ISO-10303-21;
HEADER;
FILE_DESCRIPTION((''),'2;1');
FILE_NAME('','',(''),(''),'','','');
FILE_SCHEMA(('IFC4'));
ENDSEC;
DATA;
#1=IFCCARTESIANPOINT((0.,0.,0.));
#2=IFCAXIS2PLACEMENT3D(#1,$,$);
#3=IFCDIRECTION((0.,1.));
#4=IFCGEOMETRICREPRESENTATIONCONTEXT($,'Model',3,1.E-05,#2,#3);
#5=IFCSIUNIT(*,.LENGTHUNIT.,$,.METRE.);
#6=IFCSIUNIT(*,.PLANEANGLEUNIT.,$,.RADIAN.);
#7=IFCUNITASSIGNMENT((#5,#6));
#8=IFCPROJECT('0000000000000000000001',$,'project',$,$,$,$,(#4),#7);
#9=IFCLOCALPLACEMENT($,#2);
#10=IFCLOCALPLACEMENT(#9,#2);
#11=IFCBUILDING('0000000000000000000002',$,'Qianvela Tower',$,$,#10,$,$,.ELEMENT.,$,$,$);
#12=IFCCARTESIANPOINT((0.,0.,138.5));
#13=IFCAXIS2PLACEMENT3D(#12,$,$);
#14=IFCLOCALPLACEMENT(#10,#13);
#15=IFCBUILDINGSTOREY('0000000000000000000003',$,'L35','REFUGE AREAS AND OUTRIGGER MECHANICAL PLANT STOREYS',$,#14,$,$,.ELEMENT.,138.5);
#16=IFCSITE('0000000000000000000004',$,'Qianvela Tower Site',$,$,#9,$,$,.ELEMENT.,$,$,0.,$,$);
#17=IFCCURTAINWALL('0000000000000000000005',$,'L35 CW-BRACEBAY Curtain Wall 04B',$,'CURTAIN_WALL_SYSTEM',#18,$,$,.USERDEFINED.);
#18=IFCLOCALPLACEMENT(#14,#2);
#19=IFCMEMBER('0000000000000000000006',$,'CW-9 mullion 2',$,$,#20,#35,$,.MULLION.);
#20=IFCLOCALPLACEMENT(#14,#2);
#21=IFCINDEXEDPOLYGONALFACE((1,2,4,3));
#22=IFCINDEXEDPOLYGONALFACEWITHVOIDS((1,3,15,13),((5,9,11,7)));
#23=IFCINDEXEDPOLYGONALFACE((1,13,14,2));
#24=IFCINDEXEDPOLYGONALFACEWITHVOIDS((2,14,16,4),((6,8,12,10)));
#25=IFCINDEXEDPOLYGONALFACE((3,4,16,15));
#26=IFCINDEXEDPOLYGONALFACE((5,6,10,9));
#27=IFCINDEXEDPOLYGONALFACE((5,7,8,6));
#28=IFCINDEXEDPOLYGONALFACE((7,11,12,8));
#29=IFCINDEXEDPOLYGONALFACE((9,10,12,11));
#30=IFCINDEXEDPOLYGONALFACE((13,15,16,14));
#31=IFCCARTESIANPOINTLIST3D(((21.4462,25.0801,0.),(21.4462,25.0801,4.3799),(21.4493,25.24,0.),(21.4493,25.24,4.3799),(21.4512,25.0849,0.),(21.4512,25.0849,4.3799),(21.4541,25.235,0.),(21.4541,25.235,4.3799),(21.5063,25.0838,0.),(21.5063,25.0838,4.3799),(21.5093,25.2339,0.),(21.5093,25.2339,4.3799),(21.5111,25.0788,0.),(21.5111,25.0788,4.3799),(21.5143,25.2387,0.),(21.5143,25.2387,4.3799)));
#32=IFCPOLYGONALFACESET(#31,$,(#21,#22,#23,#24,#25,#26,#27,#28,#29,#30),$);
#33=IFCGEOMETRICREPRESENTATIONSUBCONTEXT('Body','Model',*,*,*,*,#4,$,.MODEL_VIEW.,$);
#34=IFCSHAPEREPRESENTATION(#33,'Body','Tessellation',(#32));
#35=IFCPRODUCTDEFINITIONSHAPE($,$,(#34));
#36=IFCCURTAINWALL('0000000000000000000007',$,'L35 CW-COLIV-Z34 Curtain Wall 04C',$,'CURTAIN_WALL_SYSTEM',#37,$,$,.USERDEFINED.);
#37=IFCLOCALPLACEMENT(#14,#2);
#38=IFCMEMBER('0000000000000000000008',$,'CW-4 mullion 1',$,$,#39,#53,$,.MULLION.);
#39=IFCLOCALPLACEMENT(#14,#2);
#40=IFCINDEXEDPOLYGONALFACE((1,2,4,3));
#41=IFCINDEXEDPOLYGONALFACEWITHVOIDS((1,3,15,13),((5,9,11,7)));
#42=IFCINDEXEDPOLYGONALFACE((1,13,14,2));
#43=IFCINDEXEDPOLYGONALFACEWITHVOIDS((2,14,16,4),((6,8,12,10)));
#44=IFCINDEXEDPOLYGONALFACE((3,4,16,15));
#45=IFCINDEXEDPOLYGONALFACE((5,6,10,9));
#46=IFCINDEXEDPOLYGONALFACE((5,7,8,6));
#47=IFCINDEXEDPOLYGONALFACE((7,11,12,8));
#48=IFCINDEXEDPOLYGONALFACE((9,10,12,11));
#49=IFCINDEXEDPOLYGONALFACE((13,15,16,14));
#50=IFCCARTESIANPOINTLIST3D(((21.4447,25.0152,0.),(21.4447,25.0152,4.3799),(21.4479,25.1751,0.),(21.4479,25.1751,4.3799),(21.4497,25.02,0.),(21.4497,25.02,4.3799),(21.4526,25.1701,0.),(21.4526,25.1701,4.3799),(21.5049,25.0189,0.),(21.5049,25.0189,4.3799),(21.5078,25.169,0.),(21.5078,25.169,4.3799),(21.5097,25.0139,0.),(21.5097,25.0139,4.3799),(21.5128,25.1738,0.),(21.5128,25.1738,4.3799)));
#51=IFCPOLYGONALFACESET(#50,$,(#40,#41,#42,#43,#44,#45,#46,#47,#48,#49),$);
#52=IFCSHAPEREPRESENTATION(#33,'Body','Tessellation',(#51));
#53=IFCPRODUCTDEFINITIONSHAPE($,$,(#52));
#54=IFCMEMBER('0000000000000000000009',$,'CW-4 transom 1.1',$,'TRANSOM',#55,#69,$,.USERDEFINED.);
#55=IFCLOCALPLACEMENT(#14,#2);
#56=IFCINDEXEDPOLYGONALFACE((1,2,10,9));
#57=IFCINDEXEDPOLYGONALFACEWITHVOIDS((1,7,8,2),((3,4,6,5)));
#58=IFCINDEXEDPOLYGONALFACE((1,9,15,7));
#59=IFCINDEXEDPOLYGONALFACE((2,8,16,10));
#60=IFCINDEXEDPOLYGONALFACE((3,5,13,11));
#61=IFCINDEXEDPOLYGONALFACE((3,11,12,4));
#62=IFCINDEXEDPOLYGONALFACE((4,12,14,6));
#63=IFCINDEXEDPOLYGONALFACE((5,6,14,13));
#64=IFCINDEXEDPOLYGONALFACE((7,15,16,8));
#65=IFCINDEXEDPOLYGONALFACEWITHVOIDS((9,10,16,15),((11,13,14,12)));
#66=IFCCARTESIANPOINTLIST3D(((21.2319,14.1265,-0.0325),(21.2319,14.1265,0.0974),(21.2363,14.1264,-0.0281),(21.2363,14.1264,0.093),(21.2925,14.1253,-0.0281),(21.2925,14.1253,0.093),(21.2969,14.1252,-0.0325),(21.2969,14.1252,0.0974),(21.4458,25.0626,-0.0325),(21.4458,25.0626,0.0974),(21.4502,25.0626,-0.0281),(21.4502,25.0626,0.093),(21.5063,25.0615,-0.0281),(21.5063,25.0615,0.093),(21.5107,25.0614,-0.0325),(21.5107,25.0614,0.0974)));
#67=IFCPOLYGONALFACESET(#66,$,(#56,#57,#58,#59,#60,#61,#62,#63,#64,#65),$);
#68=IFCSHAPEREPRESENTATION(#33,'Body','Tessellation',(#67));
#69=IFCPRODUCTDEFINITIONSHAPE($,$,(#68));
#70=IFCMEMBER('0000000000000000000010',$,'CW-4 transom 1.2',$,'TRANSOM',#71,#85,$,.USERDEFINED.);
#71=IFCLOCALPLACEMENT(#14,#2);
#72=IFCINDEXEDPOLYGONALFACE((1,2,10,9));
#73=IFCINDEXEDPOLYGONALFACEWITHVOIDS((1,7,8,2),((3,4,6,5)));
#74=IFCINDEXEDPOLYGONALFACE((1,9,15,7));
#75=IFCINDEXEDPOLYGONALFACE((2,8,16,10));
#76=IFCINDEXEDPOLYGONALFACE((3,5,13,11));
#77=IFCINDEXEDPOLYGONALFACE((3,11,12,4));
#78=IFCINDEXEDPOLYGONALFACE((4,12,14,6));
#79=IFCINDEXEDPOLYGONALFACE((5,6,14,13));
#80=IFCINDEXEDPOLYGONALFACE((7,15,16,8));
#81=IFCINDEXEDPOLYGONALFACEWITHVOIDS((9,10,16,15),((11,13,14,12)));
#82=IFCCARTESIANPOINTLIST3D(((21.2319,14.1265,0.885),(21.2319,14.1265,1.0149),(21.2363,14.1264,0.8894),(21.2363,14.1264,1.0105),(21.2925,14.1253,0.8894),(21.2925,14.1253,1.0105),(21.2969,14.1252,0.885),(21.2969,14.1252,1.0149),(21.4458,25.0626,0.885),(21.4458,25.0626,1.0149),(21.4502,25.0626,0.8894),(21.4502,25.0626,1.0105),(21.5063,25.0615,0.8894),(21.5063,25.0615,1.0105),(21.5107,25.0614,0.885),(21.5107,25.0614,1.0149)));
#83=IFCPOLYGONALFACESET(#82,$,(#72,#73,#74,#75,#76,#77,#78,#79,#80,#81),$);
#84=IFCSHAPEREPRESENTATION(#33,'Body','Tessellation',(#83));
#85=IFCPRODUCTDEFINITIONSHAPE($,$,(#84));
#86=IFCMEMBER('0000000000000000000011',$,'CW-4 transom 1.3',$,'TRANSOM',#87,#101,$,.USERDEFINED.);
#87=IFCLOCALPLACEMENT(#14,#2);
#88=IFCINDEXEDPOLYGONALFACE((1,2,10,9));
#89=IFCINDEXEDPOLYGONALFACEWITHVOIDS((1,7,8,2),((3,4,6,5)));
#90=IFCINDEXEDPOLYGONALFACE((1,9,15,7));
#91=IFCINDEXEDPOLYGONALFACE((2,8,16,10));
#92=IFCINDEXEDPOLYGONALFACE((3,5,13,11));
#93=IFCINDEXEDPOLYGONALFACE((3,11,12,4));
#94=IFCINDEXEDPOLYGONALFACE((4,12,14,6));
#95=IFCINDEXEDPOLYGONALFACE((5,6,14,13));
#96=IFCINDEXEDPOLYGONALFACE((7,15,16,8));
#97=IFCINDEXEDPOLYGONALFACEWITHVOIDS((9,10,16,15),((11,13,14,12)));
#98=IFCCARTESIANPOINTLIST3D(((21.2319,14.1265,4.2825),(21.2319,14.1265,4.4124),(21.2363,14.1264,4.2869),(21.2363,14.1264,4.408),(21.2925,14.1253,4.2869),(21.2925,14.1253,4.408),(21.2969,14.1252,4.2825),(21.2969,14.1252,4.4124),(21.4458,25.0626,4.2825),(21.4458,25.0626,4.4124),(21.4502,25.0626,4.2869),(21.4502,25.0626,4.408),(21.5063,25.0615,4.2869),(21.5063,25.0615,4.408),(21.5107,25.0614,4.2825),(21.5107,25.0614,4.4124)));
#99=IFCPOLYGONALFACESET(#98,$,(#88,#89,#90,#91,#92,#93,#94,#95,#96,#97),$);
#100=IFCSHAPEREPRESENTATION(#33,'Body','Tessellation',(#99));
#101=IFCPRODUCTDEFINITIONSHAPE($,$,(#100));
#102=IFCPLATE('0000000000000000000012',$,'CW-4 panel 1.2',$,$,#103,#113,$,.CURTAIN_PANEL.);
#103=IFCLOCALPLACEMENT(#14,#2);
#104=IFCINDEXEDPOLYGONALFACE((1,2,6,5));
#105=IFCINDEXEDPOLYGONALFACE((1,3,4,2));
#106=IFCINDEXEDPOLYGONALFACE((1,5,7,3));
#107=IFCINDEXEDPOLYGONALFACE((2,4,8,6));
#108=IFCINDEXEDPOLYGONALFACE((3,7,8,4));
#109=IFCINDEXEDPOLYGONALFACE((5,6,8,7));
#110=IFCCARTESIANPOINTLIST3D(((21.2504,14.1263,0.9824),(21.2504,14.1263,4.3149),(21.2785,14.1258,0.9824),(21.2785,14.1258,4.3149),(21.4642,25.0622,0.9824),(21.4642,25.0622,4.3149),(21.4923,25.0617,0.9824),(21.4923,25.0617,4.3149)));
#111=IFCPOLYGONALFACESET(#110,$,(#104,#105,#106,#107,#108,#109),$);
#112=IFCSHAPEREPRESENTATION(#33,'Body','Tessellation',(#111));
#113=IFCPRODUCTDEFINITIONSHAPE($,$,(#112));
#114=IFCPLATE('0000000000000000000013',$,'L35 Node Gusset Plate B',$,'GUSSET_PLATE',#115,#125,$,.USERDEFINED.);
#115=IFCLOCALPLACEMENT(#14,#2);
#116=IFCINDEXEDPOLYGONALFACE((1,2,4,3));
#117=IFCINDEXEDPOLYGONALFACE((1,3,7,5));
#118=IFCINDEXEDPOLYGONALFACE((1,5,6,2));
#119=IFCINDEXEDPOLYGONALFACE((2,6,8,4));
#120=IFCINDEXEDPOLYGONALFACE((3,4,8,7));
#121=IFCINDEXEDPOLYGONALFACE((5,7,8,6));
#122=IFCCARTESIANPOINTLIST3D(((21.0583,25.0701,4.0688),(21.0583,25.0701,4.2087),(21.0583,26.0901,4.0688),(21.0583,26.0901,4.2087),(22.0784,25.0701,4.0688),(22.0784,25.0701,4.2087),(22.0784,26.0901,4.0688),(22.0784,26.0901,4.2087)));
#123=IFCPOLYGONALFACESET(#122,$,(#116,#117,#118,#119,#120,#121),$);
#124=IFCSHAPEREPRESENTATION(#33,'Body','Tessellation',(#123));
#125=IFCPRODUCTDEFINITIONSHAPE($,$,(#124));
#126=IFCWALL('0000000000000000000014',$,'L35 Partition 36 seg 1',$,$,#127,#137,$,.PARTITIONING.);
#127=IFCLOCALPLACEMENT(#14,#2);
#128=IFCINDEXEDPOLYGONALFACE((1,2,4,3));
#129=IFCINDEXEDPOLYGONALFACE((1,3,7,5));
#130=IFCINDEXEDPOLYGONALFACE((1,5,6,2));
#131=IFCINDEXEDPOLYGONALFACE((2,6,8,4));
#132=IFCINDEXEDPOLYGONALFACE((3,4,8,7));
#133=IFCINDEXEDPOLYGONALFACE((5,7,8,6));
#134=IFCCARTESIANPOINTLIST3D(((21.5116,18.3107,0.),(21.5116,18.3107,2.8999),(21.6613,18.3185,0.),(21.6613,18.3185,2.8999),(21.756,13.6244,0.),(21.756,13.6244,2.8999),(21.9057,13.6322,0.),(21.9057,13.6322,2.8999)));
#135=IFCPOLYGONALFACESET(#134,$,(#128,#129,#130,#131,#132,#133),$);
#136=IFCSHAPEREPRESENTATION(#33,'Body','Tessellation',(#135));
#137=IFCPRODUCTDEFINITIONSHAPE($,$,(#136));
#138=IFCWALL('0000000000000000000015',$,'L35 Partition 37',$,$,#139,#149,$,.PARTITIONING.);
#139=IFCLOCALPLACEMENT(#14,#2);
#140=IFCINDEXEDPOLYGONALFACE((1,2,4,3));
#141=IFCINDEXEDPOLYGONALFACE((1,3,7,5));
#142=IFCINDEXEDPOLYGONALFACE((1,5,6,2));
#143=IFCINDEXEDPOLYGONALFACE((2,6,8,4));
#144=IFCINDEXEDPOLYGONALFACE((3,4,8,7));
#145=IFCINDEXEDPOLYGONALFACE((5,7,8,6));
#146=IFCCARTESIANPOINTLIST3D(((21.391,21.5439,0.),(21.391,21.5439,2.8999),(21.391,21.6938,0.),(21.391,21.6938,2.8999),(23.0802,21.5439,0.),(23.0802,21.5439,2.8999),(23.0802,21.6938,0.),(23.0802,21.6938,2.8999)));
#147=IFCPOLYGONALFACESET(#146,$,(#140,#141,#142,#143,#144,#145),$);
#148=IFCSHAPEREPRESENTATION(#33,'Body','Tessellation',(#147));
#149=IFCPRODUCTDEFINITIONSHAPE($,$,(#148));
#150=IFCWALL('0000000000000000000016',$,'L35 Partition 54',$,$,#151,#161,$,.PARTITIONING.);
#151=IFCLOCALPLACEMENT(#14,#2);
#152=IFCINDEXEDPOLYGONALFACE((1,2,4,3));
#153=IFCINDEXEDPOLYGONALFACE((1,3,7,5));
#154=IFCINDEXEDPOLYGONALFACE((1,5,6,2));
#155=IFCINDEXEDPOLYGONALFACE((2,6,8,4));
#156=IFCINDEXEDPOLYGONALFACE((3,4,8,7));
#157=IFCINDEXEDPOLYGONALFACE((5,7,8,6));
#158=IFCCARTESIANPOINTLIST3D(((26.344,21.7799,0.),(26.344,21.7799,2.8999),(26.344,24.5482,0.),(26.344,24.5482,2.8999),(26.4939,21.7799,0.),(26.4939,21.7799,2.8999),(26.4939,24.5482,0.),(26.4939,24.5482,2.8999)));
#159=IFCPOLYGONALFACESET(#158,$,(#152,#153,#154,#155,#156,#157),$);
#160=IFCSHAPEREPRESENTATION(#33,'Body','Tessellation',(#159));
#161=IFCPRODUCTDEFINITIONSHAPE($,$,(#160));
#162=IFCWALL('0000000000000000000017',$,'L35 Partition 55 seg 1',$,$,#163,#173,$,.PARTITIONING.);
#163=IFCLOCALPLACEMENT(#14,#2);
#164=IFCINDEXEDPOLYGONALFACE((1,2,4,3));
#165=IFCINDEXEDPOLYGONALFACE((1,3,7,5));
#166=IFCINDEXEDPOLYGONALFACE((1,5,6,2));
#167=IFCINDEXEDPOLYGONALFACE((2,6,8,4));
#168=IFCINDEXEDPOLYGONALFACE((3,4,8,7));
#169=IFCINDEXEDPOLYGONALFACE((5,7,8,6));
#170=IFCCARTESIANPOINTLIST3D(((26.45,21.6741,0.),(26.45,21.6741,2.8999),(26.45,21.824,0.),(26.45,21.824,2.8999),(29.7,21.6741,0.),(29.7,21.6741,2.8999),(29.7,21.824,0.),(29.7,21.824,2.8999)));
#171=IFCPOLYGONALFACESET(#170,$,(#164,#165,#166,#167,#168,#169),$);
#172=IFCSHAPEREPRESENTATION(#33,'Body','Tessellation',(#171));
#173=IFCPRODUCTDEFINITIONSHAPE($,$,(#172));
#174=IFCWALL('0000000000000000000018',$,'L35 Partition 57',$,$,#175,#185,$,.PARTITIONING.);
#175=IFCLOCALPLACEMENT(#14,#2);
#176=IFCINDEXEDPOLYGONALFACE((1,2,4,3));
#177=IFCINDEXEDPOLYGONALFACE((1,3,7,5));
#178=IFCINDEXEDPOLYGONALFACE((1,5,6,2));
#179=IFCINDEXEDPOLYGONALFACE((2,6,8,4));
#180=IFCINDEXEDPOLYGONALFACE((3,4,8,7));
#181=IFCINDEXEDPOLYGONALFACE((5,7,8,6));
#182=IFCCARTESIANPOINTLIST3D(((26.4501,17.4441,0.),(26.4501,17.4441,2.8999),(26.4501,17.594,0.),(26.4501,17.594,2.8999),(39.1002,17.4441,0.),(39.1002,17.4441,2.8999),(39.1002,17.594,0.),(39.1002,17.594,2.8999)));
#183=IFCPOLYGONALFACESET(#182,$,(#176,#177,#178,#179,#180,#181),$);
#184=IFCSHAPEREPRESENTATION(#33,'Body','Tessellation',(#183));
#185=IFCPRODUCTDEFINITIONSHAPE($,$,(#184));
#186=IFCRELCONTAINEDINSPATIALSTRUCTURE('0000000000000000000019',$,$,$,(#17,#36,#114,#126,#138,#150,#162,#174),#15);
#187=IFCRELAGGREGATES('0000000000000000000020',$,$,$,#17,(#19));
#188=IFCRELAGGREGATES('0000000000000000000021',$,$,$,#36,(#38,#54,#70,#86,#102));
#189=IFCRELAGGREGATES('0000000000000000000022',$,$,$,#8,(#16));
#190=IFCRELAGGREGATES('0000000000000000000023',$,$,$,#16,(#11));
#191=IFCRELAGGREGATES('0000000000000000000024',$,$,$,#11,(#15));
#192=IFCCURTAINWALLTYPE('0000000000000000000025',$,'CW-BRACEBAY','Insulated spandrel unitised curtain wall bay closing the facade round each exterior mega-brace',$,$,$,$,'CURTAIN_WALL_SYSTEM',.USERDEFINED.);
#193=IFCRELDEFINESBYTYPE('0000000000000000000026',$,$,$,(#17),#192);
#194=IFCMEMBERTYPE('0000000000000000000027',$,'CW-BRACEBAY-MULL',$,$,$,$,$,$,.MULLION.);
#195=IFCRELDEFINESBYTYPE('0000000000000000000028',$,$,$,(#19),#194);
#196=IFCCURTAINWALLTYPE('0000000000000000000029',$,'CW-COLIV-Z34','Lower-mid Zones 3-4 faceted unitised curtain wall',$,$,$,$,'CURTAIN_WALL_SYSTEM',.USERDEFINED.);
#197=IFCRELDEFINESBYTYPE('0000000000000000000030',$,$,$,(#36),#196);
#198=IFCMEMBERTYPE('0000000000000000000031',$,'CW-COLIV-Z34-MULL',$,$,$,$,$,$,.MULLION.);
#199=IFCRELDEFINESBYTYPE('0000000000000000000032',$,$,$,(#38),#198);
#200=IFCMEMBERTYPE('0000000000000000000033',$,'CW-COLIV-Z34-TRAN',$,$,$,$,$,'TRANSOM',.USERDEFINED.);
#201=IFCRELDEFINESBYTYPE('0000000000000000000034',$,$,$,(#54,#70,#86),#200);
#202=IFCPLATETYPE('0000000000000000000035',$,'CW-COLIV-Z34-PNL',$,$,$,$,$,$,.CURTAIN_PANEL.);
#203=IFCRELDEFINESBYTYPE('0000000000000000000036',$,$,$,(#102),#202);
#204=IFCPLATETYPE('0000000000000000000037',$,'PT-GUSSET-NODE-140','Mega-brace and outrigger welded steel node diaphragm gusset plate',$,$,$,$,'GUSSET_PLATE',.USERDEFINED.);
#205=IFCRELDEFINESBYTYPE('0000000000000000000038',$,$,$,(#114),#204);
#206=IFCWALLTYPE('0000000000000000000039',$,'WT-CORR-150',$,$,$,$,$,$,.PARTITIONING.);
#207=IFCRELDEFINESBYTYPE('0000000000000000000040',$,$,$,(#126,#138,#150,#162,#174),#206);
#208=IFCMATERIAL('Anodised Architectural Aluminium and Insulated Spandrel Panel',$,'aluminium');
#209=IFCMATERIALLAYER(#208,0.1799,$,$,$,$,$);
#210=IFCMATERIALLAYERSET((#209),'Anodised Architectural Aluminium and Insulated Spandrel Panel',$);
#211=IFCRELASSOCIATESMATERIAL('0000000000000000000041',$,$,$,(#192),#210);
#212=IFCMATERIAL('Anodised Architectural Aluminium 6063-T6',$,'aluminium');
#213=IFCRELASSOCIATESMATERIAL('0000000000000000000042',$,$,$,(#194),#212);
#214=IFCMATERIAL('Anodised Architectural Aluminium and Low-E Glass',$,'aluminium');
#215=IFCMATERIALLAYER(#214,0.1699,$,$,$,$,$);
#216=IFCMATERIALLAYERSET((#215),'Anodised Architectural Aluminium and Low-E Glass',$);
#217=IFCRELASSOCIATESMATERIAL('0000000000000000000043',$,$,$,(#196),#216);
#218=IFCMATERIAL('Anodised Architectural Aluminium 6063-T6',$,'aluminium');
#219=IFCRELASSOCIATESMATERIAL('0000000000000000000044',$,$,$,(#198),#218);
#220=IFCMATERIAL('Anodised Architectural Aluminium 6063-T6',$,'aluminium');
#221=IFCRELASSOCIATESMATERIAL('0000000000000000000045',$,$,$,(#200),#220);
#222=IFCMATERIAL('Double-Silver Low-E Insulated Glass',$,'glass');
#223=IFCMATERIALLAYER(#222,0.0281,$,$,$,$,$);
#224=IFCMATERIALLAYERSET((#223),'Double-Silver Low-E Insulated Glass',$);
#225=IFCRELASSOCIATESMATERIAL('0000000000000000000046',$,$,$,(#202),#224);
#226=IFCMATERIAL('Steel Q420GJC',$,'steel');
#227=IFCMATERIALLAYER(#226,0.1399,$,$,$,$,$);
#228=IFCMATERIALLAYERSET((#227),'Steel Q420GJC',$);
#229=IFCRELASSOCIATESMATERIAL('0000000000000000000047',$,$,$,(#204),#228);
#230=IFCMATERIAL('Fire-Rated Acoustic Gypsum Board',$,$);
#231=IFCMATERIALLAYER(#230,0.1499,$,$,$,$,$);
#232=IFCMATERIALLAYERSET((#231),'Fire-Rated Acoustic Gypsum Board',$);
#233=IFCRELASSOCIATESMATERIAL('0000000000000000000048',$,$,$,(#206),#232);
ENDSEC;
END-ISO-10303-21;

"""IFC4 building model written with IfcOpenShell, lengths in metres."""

from ifc_helpers import new_model, si_unit, direction, frame, frame_2d, origin, origin_2d, place, context, subcontext, project, spatial, rectangle, hollow_rectangle, extrude, material, layer, layer_set, material_profile, profile_set, type_object, element, aggregate, save


model = new_model("IFC4")

# Units and contexts
model_context = context("Model", 3, precision=1e-05, world=origin(), true_north=direction((0.0, 1.0)))
body_context = subcontext(model_context, "Body", "Model", "MODEL_VIEW")
ifc_project = project(units=[si_unit("LENGTHUNIT", "METRE"), si_unit("PLANEANGLEUNIT", "RADIAN")], contexts=[model_context])

# Site, building, storey
site_placement = place(None, origin())
site = spatial("IfcSite", under=ifc_project, at=site_placement, Name="Qianvela Tower Site", CompositionType="ELEMENT", RefElevation=0.0)
building_placement = place(site_placement, origin())
building = spatial("IfcBuilding", under=site, at=building_placement, Name="Qianvela Tower", CompositionType="ELEMENT")
storey_placement = place(building_placement, frame((0.0, 0.0, 138.5)))
storey = spatial("IfcBuildingStorey", under=building, at=storey_placement, Name="L35", Description="REFUGE AREAS AND OUTRIGGER MECHANICAL PLANT STOREYS", CompositionType="ELEMENT", Elevation=138.5)

# Curtain wall, member
ifc_material_1 = material(Name="Anodised Architectural Aluminium and Insulated Spandrel Panel", Category="aluminium")
ifc_layer_1 = layer(ifc_material_1, 0.1799)
ifc_layer_set_1 = layer_set([ifc_layer_1], Name="Anodised Architectural Aluminium and Insulated Spandrel Panel")
curtain_wall_type_1 = type_object("IfcCurtainWallType", Name="CW-BRACEBAY", Description="Insulated spandrel unitised curtain wall bay closing the facade round each exterior mega-brace", ElementType="CURTAIN_WALL_SYSTEM", PredefinedType="USERDEFINED", material=ifc_layer_set_1)
curtain_wall_1_placement = place(storey_placement, origin())
curtain_wall_1 = element("IfcCurtainWall", 1, at=curtain_wall_1_placement, inside=storey, type_object=curtain_wall_type_1, Name="L35 CW-BRACEBAY Curtain Wall 04B", ObjectType="CURTAIN_WALL_SYSTEM", PredefinedType="USERDEFINED")
ifc_material_2 = material(Name="Anodised Architectural Aluminium 6063-T6", Category="aluminium")
ifc_material_profile_1 = material_profile(ifc_material_2, hollow_rectangle(XDim=0.0649, YDim=0.1599, WallThickness=0.0049, at=origin_2d()), Name="ALU-MULL-65x160")
ifc_profile_set_1 = profile_set([ifc_material_profile_1], Name="Anodised Architectural Aluminium 6063-T6")
member_type_1 = type_object("IfcMemberType", Name="CW-BRACEBAY-MULL", PredefinedType="MULLION", material=ifc_profile_set_1)
member_1_placement = place(storey_placement, frame((21.4802, 25.1594, 0.0), z_axis=(0.0, 0.0, 1.0), x_axis=(0.999809, -0.019544, 0.0)))
member_1 = element("IfcMember", 2, at=member_1_placement, type_object=member_type_1, Name="CW-9 mullion 2", PredefinedType="MULLION", context=body_context, shape_type="SweptSolid", body=[
    extrude(hollow_rectangle(XDim=0.0649, YDim=0.1599, WallThickness=0.0049, at=origin_2d()), origin(), (0.0, 0.0, 1.0), 4.3799),
])
aggregate(curtain_wall_1, [member_1])

# Curtain wall, members, plate
ifc_material_3 = material(Name="Anodised Architectural Aluminium and Low-E Glass", Category="aluminium")
ifc_layer_2 = layer(ifc_material_3, 0.1699)
ifc_layer_set_2 = layer_set([ifc_layer_2], Name="Anodised Architectural Aluminium and Low-E Glass")
curtain_wall_type_2 = type_object("IfcCurtainWallType", Name="CW-COLIV-Z34", Description="Lower-mid Zones 3-4 faceted unitised curtain wall", ElementType="CURTAIN_WALL_SYSTEM", PredefinedType="USERDEFINED", material=ifc_layer_set_2)
curtain_wall_2_placement = place(storey_placement, origin())
curtain_wall_2 = element("IfcCurtainWall", 3, at=curtain_wall_2_placement, inside=storey, type_object=curtain_wall_type_2, Name="L35 CW-COLIV-Z34 Curtain Wall 04C", ObjectType="CURTAIN_WALL_SYSTEM", PredefinedType="USERDEFINED")
ifc_material_4 = material(Name="Anodised Architectural Aluminium 6063-T6", Category="aluminium")
ifc_material_profile_2 = material_profile(ifc_material_4, hollow_rectangle(XDim=0.0649, YDim=0.1599, WallThickness=0.0049, at=origin_2d()), Name="ALU-MULL-65x160")
ifc_profile_set_2 = profile_set([ifc_material_profile_2], Name="Anodised Architectural Aluminium 6063-T6")
member_type_2 = type_object("IfcMemberType", Name="CW-COLIV-Z34-MULL", PredefinedType="MULLION", material=ifc_profile_set_2)
member_2_placement = place(storey_placement, frame((21.4788, 25.0945, 0.0), z_axis=(0.0, 0.0, 1.0), x_axis=(0.999809, -0.019543, 0.0)))
member_2 = element("IfcMember", 4, at=member_2_placement, type_object=member_type_2, Name="CW-4 mullion 1", PredefinedType="MULLION", context=body_context, shape_type="SweptSolid", body=[
    extrude(hollow_rectangle(XDim=0.0649, YDim=0.1599, WallThickness=0.0049, at=origin_2d()), origin(), (0.0, 0.0, 1.0), 4.3799),
])
ifc_material_5 = material(Name="Anodised Architectural Aluminium 6063-T6", Category="aluminium")
ifc_material_profile_3 = material_profile(ifc_material_5, hollow_rectangle(XDim=0.0649, YDim=0.1299, WallThickness=0.0044, at=origin_2d()), Name="ALU-TRAN-65x130")
ifc_profile_set_3 = profile_set([ifc_material_profile_3], Name="Anodised Architectural Aluminium 6063-T6")
member_type_3 = type_object("IfcMemberType", Name="CW-COLIV-Z34-TRAN", ElementType="TRANSOM", PredefinedType="USERDEFINED", material=ifc_profile_set_3)
member_3_placement = place(storey_placement, frame((21.4783, 25.062, 0.0325), z_axis=(-0.019552, -0.999809, 0.0), x_axis=(0.999809, -0.019552, 0.0)))
member_3 = element("IfcMember", 5, at=member_3_placement, type_object=member_type_3, Name="CW-4 transom 1.1", ObjectType="TRANSOM", PredefinedType="USERDEFINED", context=body_context, shape_type="SweptSolid", body=[
    extrude(hollow_rectangle(XDim=0.0649, YDim=0.1299, WallThickness=0.0044, at=origin_2d()), origin(), (0.0, 0.0, 1.0), 10.9382),
])
member_4_placement = place(storey_placement, frame((21.4783, 25.062, 0.95), z_axis=(-0.019552, -0.999809, 0.0), x_axis=(0.999809, -0.019552, 0.0)))
member_4 = element("IfcMember", 6, at=member_4_placement, type_object=member_type_3, Name="CW-4 transom 1.2", ObjectType="TRANSOM", PredefinedType="USERDEFINED", context=body_context, shape_type="SweptSolid", body=[
    extrude(hollow_rectangle(XDim=0.0649, YDim=0.1299, WallThickness=0.0044, at=origin_2d()), origin(), (0.0, 0.0, 1.0), 10.9382),
])
member_5_placement = place(storey_placement, frame((21.4783, 25.062, 4.3474), z_axis=(-0.019552, -0.999809, 0.0), x_axis=(0.999809, -0.019552, 0.0)))
member_5 = element("IfcMember", 7, at=member_5_placement, type_object=member_type_3, Name="CW-4 transom 1.3", ObjectType="TRANSOM", PredefinedType="USERDEFINED", context=body_context, shape_type="SweptSolid", body=[
    extrude(hollow_rectangle(XDim=0.0649, YDim=0.1299, WallThickness=0.0044, at=origin_2d()), origin(), (0.0, 0.0, 1.0), 10.9382),
])
ifc_material_6 = material(Name="Double-Silver Low-E Insulated Glass", Category="glass")
ifc_layer_3 = layer(ifc_material_6, 0.0281)
ifc_layer_set_3 = layer_set([ifc_layer_3], Name="Double-Silver Low-E Insulated Glass")
plate_type_1 = type_object("IfcPlateType", Name="CW-COLIV-Z34-PNL", PredefinedType="CURTAIN_PANEL", material=ifc_layer_set_3)
plate_1_placement = place(storey_placement, frame((21.3713, 19.594, 0.9824), z_axis=(0.0, 0.0, 1.0), x_axis=(-0.019543, -0.999809, 0.0)))
plate_1 = element("IfcPlate", 8, at=plate_1_placement, type_object=plate_type_1, Name="CW-4 panel 1.2", PredefinedType="CURTAIN_PANEL", context=body_context, shape_type="SweptSolid", body=[
    extrude(rectangle(XDim=10.938, YDim=0.0281, at=origin_2d()), origin(), (0.0, 0.0, 1.0), 3.3325),
])
aggregate(curtain_wall_2, [member_2, member_3, member_4, member_5, plate_1])

# Plate
ifc_material_7 = material(Name="Steel Q420GJC", Category="steel")
ifc_layer_4 = layer(ifc_material_7, 0.1399)
ifc_layer_set_4 = layer_set([ifc_layer_4], Name="Steel Q420GJC")
plate_type_2 = type_object("IfcPlateType", Name="PT-GUSSET-NODE-140", Description="Mega-brace and outrigger welded steel node diaphragm gusset plate", ElementType="GUSSET_PLATE", PredefinedType="USERDEFINED", material=ifc_layer_set_4)
plate_2_placement = place(storey_placement, frame((21.5684, 25.5801, 4.0688), z_axis=(0.0, 0.0, 1.0), x_axis=(1.0, 0.0, 0.0)))
element("IfcPlate", 9, at=plate_2_placement, inside=storey, type_object=plate_type_2, Name="L35 Node Gusset Plate B", ObjectType="GUSSET_PLATE", PredefinedType="USERDEFINED", context=body_context, shape_type="SweptSolid", body=[
    extrude(rectangle(XDim=1.02, YDim=1.02, at=origin_2d()), origin(), (0.0, 0.0, 1.0), 0.1399),
])

# Walls
ifc_material_8 = material(Name="Fire-Rated Acoustic Gypsum Board")
ifc_layer_5 = layer(ifc_material_8, 0.1499)
ifc_layer_set_5 = layer_set([ifc_layer_5], Name="Fire-Rated Acoustic Gypsum Board")
wall_type_1 = type_object("IfcWallType", Name="WT-CORR-150", PredefinedType="PARTITIONING", material=ifc_layer_set_5)
wall_1_placement = place(storey_placement, frame((21.8308, 13.6284, 0.0), z_axis=(0.0, 0.0, 1.0), x_axis=(-0.052078, 0.998643, 0.0)))
element("IfcWall", 10, at=wall_1_placement, inside=storey, type_object=wall_type_1, Name="L35 Partition 36 seg 1", PredefinedType="PARTITIONING", context=body_context, shape_type="SweptSolid", body=[
    extrude(rectangle(XDim=4.6926, YDim=0.1499, at=frame_2d((2.3462, 0.0))), origin(), (0.0, 0.0, 1.0), 2.8999),
])
wall_2_placement = place(storey_placement, frame((21.3909, 21.6189, 0.0), z_axis=(0.0, 0.0, 1.0), x_axis=(1.0, 0.0, 0.0)))
element("IfcWall", 11, at=wall_2_placement, inside=storey, type_object=wall_type_1, Name="L35 Partition 37", PredefinedType="PARTITIONING", context=body_context, shape_type="SweptSolid", body=[
    extrude(rectangle(XDim=1.6892, YDim=0.1499, at=frame_2d((0.8447, 0.0))), origin(), (0.0, 0.0, 1.0), 2.8999),
])

# Walls
wall_3_placement = place(storey_placement, frame((26.4189, 24.5483, 0.0), z_axis=(0.0, 0.0, 1.0), x_axis=(0.0, -1.0, 0.0)))
element("IfcWall", 12, at=wall_3_placement, inside=storey, type_object=wall_type_1, Name="L35 Partition 54", PredefinedType="PARTITIONING", context=body_context, shape_type="SweptSolid", body=[
    extrude(rectangle(XDim=2.7683, YDim=0.1499, at=frame_2d((1.3843, 0.0))), origin(), (0.0, 0.0, 1.0), 2.8999),
])
wall_4_placement = place(storey_placement, frame((26.45, 21.749, 0.0), z_axis=(0.0, 0.0, 1.0), x_axis=(1.0, 0.0, 0.0)))
element("IfcWall", 13, at=wall_4_placement, inside=storey, type_object=wall_type_1, Name="L35 Partition 55 seg 1", PredefinedType="PARTITIONING", context=body_context, shape_type="SweptSolid", body=[
    extrude(rectangle(XDim=3.25, YDim=0.1499, at=frame_2d((1.625, 0.0))), origin(), (0.0, 0.0, 1.0), 2.8999),
])
wall_5_placement = place(storey_placement, frame((26.45, 17.519, 0.0), z_axis=(0.0, 0.0, 1.0), x_axis=(1.0, 0.0, 0.0)))
element("IfcWall", 14, at=wall_5_placement, inside=storey, type_object=wall_type_1, Name="L35 Partition 57", PredefinedType="PARTITIONING", context=body_context, shape_type="SweptSolid", body=[
    extrude(rectangle(XDim=12.6501, YDim=0.1499, at=frame_2d((6.3252, 0.0))), origin(), (0.0, 0.0, 1.0), 2.8999),
])

save(model, "model.ifc")
